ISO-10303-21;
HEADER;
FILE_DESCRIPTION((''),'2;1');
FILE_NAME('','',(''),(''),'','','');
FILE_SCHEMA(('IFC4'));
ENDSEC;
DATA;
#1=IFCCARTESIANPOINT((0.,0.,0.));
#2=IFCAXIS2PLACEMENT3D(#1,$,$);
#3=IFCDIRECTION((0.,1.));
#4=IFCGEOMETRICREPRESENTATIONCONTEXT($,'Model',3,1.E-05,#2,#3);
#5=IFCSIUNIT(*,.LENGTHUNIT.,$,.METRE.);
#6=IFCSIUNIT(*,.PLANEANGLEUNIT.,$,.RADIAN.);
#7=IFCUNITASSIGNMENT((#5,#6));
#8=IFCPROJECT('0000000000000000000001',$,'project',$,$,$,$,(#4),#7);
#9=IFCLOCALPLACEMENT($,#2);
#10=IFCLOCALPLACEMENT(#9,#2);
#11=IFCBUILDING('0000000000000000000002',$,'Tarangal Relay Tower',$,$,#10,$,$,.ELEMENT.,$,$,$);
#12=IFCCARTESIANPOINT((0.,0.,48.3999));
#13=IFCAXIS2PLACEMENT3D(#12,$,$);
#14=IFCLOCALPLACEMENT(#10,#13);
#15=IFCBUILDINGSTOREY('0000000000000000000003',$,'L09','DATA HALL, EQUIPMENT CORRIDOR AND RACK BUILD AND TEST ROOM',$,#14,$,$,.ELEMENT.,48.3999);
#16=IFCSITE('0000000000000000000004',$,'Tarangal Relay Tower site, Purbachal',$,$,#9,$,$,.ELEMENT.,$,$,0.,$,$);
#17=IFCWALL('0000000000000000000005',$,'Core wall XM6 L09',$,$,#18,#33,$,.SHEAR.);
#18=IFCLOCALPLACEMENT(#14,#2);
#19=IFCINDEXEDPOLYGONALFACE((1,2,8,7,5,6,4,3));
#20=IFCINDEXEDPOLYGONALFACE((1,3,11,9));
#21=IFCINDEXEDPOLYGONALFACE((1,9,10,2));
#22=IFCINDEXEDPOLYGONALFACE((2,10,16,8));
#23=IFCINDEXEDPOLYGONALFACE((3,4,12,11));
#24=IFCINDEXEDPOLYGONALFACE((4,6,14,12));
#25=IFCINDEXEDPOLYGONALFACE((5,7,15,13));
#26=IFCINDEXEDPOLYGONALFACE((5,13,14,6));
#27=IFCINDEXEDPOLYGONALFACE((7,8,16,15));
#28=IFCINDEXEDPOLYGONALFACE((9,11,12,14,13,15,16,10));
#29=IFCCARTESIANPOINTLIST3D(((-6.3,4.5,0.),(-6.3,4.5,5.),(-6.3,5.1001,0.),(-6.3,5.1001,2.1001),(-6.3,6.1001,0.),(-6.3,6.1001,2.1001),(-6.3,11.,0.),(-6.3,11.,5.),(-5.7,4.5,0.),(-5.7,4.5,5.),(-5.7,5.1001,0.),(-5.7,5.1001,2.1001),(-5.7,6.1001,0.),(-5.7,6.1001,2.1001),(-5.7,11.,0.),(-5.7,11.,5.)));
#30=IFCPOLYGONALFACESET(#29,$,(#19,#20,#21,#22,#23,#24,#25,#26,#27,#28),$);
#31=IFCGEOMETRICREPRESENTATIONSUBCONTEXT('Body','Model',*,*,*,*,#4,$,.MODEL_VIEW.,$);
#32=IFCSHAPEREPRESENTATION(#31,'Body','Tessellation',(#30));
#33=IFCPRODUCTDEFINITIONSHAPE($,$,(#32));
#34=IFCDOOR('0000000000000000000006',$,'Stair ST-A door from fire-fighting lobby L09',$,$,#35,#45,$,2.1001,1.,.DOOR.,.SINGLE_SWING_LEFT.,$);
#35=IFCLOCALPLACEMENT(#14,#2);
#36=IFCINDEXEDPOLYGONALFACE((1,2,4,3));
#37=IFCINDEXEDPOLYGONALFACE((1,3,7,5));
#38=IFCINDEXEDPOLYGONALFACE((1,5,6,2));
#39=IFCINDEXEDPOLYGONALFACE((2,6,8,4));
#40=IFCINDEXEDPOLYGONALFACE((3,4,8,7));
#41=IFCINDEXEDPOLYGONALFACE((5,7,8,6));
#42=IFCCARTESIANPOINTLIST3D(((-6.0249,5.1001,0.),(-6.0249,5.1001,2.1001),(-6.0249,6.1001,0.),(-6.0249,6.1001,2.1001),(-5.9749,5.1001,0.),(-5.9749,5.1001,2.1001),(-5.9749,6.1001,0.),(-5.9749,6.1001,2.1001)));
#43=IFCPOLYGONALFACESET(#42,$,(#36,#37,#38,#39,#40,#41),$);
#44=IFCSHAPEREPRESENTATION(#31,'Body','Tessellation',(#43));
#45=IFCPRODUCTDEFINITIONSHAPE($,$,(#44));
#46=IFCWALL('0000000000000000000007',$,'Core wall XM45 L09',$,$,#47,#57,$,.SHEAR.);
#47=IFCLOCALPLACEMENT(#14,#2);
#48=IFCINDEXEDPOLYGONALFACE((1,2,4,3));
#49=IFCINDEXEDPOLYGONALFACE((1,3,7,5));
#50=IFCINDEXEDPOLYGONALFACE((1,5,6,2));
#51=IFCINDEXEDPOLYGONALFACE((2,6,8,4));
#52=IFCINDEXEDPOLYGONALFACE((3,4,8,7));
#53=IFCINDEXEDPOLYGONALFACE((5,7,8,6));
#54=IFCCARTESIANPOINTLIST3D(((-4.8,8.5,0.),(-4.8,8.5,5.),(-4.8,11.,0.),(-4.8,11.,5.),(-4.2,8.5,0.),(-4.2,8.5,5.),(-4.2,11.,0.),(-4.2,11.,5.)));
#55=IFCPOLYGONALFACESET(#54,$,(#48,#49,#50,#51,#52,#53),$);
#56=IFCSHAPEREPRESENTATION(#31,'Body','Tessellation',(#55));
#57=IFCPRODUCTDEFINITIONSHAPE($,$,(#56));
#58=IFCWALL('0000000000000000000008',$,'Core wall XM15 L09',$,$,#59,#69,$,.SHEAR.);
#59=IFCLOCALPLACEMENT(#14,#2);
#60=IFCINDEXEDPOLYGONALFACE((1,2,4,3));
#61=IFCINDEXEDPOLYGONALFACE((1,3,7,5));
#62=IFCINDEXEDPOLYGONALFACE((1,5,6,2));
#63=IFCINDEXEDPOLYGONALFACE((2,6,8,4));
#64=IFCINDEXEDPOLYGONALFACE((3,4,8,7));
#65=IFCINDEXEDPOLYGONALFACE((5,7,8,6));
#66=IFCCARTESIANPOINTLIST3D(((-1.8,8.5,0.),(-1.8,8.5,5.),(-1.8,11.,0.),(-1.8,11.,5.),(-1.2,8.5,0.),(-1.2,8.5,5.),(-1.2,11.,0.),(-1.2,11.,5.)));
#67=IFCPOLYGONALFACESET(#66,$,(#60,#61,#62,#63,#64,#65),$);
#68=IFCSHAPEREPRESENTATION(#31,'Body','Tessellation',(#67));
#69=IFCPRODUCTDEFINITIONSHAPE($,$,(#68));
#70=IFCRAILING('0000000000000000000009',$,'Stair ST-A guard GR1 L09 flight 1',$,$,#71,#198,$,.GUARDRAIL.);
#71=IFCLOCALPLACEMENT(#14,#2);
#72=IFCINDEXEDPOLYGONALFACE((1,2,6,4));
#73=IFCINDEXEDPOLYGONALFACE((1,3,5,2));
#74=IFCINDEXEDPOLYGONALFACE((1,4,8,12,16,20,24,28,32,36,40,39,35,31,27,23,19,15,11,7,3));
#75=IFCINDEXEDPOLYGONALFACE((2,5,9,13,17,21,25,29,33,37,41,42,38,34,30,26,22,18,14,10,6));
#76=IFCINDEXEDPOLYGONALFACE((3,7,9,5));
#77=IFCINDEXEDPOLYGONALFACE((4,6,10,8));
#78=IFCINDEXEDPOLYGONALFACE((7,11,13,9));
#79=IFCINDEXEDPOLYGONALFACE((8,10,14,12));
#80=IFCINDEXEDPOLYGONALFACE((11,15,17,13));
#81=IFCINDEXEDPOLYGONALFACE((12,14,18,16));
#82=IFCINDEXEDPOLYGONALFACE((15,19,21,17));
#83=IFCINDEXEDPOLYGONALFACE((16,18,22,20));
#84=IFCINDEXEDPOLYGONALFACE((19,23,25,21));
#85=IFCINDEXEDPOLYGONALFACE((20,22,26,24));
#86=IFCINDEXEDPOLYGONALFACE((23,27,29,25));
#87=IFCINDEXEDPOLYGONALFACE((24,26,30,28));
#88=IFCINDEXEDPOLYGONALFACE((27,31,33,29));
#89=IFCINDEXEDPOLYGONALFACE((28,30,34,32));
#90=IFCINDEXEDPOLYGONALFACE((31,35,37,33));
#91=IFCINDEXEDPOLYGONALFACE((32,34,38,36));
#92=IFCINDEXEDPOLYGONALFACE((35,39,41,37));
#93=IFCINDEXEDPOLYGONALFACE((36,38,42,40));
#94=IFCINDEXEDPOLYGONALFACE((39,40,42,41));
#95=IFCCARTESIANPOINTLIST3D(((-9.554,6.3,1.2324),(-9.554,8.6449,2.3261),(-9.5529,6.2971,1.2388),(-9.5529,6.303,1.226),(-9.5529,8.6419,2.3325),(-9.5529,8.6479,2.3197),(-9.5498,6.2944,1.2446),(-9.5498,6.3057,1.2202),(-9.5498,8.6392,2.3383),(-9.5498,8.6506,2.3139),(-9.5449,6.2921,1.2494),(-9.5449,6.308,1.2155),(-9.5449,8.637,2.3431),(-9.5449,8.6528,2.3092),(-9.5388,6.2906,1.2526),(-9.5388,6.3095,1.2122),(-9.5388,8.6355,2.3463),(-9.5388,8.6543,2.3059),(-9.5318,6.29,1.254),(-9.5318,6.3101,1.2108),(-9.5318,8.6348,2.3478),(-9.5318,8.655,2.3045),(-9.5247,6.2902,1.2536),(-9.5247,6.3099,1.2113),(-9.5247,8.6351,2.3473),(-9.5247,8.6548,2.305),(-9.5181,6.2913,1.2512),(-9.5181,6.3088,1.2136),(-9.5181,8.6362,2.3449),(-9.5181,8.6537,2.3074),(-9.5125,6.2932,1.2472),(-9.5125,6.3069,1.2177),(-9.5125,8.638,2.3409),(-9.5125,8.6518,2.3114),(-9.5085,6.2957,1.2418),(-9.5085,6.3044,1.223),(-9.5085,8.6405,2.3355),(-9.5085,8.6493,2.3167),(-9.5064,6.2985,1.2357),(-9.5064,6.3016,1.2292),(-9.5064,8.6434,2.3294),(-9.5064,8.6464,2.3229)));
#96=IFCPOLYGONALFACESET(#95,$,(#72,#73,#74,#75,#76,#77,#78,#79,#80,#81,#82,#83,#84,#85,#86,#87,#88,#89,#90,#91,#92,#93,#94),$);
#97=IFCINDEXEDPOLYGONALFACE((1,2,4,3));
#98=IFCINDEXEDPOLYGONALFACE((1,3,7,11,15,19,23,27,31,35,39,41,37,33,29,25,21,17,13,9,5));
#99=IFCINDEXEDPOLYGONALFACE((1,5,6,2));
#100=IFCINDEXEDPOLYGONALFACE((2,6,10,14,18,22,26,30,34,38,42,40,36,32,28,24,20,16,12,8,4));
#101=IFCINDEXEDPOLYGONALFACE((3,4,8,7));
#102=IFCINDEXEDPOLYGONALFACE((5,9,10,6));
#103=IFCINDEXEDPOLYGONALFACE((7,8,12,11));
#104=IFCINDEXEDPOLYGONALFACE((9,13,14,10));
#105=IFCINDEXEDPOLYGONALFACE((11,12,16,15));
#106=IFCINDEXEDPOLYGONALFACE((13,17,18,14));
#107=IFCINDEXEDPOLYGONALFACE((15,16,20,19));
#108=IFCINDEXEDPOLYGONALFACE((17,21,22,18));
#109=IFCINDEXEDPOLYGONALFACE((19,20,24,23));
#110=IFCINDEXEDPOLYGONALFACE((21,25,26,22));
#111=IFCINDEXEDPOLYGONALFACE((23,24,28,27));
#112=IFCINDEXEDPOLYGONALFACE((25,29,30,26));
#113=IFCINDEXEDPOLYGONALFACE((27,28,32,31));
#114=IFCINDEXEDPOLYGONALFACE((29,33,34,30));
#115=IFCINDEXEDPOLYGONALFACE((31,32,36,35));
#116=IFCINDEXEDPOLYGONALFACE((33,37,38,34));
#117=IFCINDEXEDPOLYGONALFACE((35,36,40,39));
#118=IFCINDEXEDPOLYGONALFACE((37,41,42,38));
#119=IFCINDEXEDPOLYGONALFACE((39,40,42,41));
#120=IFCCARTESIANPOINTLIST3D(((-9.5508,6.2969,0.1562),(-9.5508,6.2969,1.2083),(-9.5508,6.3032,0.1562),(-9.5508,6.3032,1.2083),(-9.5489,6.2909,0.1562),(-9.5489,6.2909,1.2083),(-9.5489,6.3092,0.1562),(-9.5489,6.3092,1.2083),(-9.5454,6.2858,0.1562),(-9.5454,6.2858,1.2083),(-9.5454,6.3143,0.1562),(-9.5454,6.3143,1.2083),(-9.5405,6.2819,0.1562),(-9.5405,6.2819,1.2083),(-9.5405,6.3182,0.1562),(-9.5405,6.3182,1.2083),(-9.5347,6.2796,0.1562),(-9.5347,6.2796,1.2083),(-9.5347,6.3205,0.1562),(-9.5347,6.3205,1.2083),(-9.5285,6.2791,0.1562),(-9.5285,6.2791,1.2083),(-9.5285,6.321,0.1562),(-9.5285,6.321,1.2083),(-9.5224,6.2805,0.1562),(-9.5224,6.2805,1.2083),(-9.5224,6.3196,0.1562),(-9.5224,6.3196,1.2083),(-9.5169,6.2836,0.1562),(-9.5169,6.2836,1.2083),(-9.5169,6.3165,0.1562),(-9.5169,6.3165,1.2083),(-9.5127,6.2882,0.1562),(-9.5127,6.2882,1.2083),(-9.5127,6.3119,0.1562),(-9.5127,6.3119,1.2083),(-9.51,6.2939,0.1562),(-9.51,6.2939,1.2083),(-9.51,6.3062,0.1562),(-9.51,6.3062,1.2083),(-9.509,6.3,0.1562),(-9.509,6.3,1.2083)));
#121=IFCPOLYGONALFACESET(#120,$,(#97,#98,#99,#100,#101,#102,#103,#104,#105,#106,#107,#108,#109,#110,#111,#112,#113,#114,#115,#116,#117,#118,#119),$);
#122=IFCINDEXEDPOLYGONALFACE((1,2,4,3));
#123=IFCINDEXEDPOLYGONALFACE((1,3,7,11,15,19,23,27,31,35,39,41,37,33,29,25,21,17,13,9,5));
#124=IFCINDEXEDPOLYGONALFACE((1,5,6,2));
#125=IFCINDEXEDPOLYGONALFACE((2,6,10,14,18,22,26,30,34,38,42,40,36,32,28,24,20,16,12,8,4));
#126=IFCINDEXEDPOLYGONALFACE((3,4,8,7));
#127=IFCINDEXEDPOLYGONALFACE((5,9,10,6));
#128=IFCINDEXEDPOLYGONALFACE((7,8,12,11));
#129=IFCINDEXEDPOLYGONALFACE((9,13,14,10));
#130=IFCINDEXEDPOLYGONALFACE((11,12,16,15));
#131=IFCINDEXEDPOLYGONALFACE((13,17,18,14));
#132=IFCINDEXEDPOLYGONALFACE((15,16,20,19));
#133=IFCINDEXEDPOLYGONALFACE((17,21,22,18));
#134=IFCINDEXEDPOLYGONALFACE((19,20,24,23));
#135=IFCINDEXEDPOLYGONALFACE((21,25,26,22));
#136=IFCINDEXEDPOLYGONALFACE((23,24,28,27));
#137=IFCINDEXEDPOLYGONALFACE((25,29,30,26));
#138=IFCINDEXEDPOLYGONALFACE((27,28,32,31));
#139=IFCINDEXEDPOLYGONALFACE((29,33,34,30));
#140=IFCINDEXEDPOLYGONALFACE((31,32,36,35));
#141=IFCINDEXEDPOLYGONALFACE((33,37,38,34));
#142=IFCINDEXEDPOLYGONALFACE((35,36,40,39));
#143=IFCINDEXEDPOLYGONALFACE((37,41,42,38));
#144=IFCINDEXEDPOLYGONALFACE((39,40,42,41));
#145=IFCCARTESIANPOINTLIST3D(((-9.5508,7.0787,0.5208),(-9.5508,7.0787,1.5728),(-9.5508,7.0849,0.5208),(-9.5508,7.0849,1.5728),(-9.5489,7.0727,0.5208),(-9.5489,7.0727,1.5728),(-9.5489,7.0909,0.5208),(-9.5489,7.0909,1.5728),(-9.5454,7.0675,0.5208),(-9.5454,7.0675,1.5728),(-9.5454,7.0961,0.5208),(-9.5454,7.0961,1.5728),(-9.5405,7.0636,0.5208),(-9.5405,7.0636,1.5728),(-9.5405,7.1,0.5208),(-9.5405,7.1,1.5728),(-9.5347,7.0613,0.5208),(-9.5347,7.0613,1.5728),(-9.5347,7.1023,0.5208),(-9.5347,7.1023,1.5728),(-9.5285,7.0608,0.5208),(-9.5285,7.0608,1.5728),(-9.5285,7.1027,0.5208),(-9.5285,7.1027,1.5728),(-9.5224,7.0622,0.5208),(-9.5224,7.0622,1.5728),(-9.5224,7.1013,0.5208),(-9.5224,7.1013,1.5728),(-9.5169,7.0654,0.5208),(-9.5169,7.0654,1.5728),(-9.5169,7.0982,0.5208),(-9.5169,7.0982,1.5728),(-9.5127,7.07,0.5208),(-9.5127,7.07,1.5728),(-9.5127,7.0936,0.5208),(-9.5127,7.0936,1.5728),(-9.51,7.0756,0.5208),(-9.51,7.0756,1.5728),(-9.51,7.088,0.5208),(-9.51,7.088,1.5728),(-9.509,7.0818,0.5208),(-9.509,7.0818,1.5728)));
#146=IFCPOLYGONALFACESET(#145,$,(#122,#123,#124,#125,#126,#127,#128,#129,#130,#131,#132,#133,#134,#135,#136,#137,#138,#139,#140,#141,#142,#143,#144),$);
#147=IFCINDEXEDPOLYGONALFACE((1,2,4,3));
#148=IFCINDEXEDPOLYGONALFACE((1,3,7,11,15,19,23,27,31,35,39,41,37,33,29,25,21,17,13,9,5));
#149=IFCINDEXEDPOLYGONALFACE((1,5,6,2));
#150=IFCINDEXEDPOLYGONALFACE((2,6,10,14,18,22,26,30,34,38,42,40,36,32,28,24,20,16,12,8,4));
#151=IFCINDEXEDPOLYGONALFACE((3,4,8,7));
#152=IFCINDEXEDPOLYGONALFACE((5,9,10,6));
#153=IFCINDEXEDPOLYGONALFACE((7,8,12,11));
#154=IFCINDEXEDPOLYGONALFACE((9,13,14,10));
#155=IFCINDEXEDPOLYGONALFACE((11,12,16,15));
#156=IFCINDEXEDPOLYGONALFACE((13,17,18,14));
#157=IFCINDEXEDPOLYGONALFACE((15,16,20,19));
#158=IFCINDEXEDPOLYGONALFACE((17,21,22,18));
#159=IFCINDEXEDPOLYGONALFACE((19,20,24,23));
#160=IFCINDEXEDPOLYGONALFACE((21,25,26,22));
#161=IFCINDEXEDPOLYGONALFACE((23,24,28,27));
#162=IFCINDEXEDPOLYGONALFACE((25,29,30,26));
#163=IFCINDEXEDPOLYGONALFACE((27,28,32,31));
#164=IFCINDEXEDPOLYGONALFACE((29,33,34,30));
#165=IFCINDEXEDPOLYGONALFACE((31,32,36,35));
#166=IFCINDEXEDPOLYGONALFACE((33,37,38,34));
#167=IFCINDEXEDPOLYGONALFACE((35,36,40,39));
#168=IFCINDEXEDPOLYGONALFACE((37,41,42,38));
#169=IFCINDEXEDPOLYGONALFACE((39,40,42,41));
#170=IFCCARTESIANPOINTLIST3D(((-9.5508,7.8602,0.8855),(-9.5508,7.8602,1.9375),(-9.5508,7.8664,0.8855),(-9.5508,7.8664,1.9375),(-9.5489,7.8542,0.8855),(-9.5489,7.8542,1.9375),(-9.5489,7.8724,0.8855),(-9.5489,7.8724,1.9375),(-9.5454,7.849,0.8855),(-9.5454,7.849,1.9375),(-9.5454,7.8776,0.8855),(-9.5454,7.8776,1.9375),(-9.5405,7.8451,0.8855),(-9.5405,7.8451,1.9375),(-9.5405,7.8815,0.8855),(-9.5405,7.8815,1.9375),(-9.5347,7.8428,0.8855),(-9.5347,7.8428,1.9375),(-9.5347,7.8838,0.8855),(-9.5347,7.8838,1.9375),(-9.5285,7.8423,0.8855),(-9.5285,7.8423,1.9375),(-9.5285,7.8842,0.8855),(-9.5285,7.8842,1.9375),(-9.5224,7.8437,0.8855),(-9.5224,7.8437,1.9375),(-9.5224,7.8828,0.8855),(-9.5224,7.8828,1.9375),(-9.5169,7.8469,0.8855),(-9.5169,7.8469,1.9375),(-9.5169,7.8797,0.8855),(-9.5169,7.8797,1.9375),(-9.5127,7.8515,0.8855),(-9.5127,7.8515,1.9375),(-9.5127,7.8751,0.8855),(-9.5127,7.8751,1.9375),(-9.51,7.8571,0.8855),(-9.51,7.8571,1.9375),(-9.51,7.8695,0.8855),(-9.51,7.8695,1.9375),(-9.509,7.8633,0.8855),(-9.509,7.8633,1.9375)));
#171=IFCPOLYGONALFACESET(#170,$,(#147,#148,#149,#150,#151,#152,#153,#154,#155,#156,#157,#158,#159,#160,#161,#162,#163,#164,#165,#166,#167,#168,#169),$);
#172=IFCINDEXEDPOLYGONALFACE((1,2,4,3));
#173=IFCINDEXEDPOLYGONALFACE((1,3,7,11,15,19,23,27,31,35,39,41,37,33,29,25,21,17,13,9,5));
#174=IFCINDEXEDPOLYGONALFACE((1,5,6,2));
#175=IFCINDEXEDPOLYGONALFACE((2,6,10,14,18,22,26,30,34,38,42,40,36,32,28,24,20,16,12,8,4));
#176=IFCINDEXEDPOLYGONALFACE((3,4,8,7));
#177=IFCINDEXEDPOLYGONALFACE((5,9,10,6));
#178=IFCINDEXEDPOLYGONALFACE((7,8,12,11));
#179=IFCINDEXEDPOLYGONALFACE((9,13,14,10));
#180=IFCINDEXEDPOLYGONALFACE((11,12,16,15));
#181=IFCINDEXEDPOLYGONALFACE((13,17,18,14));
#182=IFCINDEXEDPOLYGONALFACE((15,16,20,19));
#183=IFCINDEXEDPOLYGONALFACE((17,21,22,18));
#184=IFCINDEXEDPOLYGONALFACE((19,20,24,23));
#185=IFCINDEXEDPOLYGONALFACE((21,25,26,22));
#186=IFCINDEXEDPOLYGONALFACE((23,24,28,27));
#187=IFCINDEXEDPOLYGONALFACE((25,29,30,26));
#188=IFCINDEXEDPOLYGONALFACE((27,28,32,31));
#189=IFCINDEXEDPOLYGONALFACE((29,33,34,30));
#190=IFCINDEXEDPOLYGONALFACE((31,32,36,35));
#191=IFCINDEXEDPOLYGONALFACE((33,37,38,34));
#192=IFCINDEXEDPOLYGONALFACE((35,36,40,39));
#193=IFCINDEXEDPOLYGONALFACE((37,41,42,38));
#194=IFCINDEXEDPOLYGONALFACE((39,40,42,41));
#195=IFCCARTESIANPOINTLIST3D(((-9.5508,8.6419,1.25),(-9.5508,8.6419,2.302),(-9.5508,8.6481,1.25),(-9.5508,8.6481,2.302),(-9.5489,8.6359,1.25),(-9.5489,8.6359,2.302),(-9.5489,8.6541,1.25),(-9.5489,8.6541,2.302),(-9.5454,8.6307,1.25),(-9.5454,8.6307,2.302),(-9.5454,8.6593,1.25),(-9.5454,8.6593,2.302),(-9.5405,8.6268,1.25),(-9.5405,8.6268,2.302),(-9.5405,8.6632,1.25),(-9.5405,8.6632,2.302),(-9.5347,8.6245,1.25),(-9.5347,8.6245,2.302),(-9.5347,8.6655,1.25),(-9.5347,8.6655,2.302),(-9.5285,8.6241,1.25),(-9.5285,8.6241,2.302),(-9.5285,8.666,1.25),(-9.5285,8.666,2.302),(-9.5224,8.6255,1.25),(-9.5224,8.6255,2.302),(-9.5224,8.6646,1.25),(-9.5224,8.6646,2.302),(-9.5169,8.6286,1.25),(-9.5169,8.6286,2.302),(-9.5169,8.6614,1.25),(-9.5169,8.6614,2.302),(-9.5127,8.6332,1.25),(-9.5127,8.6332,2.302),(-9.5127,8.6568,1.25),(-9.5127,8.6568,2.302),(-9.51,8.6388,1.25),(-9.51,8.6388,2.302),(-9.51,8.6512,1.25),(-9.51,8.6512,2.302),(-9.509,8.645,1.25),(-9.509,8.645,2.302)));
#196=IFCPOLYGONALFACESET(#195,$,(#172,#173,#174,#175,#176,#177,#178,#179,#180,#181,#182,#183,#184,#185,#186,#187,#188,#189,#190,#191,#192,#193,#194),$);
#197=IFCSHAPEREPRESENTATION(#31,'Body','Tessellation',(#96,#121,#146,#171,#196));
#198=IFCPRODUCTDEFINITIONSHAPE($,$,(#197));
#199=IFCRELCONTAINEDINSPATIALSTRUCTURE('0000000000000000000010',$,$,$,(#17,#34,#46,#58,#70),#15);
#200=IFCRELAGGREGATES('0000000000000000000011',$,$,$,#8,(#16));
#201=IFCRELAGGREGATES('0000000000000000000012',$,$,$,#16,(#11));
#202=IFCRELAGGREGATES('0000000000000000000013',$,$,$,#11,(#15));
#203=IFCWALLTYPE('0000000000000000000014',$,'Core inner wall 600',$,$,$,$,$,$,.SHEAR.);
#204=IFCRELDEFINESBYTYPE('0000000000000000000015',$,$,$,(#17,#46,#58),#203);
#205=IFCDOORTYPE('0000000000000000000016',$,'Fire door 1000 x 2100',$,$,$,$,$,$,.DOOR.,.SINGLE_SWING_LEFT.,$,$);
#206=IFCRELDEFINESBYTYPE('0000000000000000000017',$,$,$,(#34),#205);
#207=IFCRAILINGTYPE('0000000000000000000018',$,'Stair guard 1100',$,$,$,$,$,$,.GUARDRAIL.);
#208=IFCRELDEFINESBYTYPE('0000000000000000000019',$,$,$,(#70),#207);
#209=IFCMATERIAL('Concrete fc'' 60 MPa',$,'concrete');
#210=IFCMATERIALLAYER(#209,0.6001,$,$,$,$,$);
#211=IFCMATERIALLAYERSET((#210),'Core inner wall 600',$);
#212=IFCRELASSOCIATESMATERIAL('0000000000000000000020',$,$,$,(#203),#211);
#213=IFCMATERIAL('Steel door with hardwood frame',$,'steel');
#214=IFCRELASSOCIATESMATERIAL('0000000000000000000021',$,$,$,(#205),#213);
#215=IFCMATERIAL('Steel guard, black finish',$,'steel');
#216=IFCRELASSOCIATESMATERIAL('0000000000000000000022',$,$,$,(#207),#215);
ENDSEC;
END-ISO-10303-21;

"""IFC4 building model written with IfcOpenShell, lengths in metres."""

from ifc_helpers import new_model, si_unit, direction, frame, frame_2d, origin, origin_2d, place, context, subcontext, project, spatial, rectangle, circle, extrude, material, layer, layer_set, type_object, element, fill, save


model = new_model("IFC4")

# Units and contexts
model_context = context("Model", 3, precision=1e-05, world=origin(), true_north=direction((0.0, 1.0)))
body_context = subcontext(model_context, "Body", "Model", "MODEL_VIEW")
ifc_project = project(units=[si_unit("LENGTHUNIT", "METRE"), si_unit("PLANEANGLEUNIT", "RADIAN")], contexts=[model_context])

# Site, building, storey
site_placement = place(None, origin())
site = spatial("IfcSite", under=ifc_project, at=site_placement, Name="Tarangal Relay Tower site, Purbachal", CompositionType="ELEMENT", RefElevation=0.0)
building_placement = place(site_placement, origin())
building = spatial("IfcBuilding", under=site, at=building_placement, Name="Tarangal Relay Tower", CompositionType="ELEMENT")
storey_placement = place(building_placement, frame((0.0, 0.0, 48.3999)))
storey = spatial("IfcBuildingStorey", under=building, at=storey_placement, Name="L09", Description="DATA HALL, EQUIPMENT CORRIDOR AND RACK BUILD AND TEST ROOM", CompositionType="ELEMENT", Elevation=48.3999)

# Shared definitions
ifc_material_1 = material(Name="Concrete fc' 60 MPa", Category="concrete")
ifc_layer_1 = layer(ifc_material_1, 0.6001)
ifc_layer_set_1 = layer_set([ifc_layer_1], Name="Core inner wall 600")
wall_type = type_object("IfcWallType", Name="Core inner wall 600", PredefinedType="SHEAR", material=ifc_layer_set_1)
ifc_material_2 = material(Name="Steel door with hardwood frame", Category="steel")

# Wall, opening, door
wall_1_placement = place(storey_placement, frame((-6.0, 4.5, 0.0), z_axis=(0.0, 0.0, 1.0), x_axis=(0.0, 1.0, 0.0)))
wall_1 = element("IfcWall", 1, at=wall_1_placement, inside=storey, type_object=wall_type, Name="Core wall XM6 L09", PredefinedType="SHEAR", context=body_context, shape_type="SweptSolid", body=[
    extrude(rectangle(XDim=6.5, YDim=0.6001, at=frame_2d((3.25, 0.0))), origin(), (0.0, 0.0, 1.0), 5.0),
])
opening_1_placement = place(wall_1_placement, frame((0.6001, 0.0, 0.0)))
opening_1 = element("IfcOpeningElement", 2, at=opening_1_placement, cuts=wall_1, PredefinedType="OPENING", context=body_context, shape_type="SweptSolid", body=[
    extrude(rectangle(XDim=1.0, YDim=2.1001, at=frame_2d((0.5, 1.05))), frame((0.0, 0.3101, 0.0), z_axis=(0.0, -1.0, 0.0), x_axis=(1.0, 0.0, 0.0)), (0.0, 0.0, 1.0), 0.6201),
])
door_type_1 = type_object("IfcDoorType", Name="Fire door 1000 x 2100", OperationType="SINGLE_SWING_LEFT", PredefinedType="DOOR", material=ifc_material_2)
door_1_placement = place(opening_1_placement, origin())
door_1 = element("IfcDoor", 3, at=door_1_placement, inside=storey, type_object=door_type_1, Name="Stair ST-A door from fire-fighting lobby L09", OperationType="SINGLE_SWING_LEFT", OverallHeight=2.1001, OverallWidth=1.0, PredefinedType="DOOR", context=body_context, shape_type="SweptSolid", body=[
    extrude(rectangle(XDim=1.0, YDim=2.1001, at=frame_2d((0.5, 1.05))), frame((0.0, 0.0249, 0.0), z_axis=(0.0, -1.0, 0.0), x_axis=(1.0, 0.0, 0.0)), (0.0, 0.0, 1.0), 0.05),
])
fill(opening_1, door_1)

# Walls
for number, where, z_axis, x_axis, name in (
    (4, (-4.5, 8.5, 0.0), (0.0, 0.0, 1.0), (0.0, 1.0, 0.0), "Core wall XM45 L09"),
    (5, (-1.5, 8.5, 0.0), (0.0, 0.0, 1.0), (0.0, 1.0, 0.0), "Core wall XM15 L09"),
):
    element("IfcWall", number, at=place(storey_placement, frame(where, z_axis=z_axis, x_axis=x_axis)), inside=storey, type_object=wall_type, Name=name, PredefinedType="SHEAR", context=body_context, shape_type="SweptSolid", body=[
        extrude(rectangle(XDim=2.5, YDim=0.6001, at=frame_2d((1.25, 0.0))), origin(), (0.0, 0.0, 1.0), 5.0),
    ])

# Railing
ifc_material_3 = material(Name="Steel guard, black finish", Category="steel")
railing_type = type_object("IfcRailingType", Name="Stair guard 1100", PredefinedType="GUARDRAIL", material=ifc_material_3)
railing_1_placement = place(storey_placement, frame((-9.53, 6.3, 0.1562)))
element("IfcRailing", 6, at=railing_1_placement, inside=storey, type_object=railing_type, Name="Stair ST-A guard GR1 L09 flight 1", PredefinedType="GUARDRAIL", context=body_context, shape_type="SweptSolid", body=[
    extrude(circle(Radius=0.0239, at=origin_2d()), frame((0.0, 0.0, 1.0762), z_axis=(0.0, 0.906267, 0.422705), x_axis=(-1.0, 0.0, 0.0)), (0.0, 0.0, 1.0), 2.5874),
    extrude(circle(Radius=0.021, at=origin_2d()), origin(), (0.0, 0.0, 1.0), 1.052),
    extrude(circle(Radius=0.021, at=origin_2d()), frame((0.0, 0.7817, 0.3645)), (0.0, 0.0, 1.0), 1.052),
    extrude(circle(Radius=0.021, at=origin_2d()), frame((0.0, 1.5632, 0.7292)), (0.0, 0.0, 1.0), 1.052),
    extrude(circle(Radius=0.021, at=origin_2d()), frame((0.0, 2.345, 1.0938)), (0.0, 0.0, 1.0), 1.052),
])

save(model, "model.ifc")
